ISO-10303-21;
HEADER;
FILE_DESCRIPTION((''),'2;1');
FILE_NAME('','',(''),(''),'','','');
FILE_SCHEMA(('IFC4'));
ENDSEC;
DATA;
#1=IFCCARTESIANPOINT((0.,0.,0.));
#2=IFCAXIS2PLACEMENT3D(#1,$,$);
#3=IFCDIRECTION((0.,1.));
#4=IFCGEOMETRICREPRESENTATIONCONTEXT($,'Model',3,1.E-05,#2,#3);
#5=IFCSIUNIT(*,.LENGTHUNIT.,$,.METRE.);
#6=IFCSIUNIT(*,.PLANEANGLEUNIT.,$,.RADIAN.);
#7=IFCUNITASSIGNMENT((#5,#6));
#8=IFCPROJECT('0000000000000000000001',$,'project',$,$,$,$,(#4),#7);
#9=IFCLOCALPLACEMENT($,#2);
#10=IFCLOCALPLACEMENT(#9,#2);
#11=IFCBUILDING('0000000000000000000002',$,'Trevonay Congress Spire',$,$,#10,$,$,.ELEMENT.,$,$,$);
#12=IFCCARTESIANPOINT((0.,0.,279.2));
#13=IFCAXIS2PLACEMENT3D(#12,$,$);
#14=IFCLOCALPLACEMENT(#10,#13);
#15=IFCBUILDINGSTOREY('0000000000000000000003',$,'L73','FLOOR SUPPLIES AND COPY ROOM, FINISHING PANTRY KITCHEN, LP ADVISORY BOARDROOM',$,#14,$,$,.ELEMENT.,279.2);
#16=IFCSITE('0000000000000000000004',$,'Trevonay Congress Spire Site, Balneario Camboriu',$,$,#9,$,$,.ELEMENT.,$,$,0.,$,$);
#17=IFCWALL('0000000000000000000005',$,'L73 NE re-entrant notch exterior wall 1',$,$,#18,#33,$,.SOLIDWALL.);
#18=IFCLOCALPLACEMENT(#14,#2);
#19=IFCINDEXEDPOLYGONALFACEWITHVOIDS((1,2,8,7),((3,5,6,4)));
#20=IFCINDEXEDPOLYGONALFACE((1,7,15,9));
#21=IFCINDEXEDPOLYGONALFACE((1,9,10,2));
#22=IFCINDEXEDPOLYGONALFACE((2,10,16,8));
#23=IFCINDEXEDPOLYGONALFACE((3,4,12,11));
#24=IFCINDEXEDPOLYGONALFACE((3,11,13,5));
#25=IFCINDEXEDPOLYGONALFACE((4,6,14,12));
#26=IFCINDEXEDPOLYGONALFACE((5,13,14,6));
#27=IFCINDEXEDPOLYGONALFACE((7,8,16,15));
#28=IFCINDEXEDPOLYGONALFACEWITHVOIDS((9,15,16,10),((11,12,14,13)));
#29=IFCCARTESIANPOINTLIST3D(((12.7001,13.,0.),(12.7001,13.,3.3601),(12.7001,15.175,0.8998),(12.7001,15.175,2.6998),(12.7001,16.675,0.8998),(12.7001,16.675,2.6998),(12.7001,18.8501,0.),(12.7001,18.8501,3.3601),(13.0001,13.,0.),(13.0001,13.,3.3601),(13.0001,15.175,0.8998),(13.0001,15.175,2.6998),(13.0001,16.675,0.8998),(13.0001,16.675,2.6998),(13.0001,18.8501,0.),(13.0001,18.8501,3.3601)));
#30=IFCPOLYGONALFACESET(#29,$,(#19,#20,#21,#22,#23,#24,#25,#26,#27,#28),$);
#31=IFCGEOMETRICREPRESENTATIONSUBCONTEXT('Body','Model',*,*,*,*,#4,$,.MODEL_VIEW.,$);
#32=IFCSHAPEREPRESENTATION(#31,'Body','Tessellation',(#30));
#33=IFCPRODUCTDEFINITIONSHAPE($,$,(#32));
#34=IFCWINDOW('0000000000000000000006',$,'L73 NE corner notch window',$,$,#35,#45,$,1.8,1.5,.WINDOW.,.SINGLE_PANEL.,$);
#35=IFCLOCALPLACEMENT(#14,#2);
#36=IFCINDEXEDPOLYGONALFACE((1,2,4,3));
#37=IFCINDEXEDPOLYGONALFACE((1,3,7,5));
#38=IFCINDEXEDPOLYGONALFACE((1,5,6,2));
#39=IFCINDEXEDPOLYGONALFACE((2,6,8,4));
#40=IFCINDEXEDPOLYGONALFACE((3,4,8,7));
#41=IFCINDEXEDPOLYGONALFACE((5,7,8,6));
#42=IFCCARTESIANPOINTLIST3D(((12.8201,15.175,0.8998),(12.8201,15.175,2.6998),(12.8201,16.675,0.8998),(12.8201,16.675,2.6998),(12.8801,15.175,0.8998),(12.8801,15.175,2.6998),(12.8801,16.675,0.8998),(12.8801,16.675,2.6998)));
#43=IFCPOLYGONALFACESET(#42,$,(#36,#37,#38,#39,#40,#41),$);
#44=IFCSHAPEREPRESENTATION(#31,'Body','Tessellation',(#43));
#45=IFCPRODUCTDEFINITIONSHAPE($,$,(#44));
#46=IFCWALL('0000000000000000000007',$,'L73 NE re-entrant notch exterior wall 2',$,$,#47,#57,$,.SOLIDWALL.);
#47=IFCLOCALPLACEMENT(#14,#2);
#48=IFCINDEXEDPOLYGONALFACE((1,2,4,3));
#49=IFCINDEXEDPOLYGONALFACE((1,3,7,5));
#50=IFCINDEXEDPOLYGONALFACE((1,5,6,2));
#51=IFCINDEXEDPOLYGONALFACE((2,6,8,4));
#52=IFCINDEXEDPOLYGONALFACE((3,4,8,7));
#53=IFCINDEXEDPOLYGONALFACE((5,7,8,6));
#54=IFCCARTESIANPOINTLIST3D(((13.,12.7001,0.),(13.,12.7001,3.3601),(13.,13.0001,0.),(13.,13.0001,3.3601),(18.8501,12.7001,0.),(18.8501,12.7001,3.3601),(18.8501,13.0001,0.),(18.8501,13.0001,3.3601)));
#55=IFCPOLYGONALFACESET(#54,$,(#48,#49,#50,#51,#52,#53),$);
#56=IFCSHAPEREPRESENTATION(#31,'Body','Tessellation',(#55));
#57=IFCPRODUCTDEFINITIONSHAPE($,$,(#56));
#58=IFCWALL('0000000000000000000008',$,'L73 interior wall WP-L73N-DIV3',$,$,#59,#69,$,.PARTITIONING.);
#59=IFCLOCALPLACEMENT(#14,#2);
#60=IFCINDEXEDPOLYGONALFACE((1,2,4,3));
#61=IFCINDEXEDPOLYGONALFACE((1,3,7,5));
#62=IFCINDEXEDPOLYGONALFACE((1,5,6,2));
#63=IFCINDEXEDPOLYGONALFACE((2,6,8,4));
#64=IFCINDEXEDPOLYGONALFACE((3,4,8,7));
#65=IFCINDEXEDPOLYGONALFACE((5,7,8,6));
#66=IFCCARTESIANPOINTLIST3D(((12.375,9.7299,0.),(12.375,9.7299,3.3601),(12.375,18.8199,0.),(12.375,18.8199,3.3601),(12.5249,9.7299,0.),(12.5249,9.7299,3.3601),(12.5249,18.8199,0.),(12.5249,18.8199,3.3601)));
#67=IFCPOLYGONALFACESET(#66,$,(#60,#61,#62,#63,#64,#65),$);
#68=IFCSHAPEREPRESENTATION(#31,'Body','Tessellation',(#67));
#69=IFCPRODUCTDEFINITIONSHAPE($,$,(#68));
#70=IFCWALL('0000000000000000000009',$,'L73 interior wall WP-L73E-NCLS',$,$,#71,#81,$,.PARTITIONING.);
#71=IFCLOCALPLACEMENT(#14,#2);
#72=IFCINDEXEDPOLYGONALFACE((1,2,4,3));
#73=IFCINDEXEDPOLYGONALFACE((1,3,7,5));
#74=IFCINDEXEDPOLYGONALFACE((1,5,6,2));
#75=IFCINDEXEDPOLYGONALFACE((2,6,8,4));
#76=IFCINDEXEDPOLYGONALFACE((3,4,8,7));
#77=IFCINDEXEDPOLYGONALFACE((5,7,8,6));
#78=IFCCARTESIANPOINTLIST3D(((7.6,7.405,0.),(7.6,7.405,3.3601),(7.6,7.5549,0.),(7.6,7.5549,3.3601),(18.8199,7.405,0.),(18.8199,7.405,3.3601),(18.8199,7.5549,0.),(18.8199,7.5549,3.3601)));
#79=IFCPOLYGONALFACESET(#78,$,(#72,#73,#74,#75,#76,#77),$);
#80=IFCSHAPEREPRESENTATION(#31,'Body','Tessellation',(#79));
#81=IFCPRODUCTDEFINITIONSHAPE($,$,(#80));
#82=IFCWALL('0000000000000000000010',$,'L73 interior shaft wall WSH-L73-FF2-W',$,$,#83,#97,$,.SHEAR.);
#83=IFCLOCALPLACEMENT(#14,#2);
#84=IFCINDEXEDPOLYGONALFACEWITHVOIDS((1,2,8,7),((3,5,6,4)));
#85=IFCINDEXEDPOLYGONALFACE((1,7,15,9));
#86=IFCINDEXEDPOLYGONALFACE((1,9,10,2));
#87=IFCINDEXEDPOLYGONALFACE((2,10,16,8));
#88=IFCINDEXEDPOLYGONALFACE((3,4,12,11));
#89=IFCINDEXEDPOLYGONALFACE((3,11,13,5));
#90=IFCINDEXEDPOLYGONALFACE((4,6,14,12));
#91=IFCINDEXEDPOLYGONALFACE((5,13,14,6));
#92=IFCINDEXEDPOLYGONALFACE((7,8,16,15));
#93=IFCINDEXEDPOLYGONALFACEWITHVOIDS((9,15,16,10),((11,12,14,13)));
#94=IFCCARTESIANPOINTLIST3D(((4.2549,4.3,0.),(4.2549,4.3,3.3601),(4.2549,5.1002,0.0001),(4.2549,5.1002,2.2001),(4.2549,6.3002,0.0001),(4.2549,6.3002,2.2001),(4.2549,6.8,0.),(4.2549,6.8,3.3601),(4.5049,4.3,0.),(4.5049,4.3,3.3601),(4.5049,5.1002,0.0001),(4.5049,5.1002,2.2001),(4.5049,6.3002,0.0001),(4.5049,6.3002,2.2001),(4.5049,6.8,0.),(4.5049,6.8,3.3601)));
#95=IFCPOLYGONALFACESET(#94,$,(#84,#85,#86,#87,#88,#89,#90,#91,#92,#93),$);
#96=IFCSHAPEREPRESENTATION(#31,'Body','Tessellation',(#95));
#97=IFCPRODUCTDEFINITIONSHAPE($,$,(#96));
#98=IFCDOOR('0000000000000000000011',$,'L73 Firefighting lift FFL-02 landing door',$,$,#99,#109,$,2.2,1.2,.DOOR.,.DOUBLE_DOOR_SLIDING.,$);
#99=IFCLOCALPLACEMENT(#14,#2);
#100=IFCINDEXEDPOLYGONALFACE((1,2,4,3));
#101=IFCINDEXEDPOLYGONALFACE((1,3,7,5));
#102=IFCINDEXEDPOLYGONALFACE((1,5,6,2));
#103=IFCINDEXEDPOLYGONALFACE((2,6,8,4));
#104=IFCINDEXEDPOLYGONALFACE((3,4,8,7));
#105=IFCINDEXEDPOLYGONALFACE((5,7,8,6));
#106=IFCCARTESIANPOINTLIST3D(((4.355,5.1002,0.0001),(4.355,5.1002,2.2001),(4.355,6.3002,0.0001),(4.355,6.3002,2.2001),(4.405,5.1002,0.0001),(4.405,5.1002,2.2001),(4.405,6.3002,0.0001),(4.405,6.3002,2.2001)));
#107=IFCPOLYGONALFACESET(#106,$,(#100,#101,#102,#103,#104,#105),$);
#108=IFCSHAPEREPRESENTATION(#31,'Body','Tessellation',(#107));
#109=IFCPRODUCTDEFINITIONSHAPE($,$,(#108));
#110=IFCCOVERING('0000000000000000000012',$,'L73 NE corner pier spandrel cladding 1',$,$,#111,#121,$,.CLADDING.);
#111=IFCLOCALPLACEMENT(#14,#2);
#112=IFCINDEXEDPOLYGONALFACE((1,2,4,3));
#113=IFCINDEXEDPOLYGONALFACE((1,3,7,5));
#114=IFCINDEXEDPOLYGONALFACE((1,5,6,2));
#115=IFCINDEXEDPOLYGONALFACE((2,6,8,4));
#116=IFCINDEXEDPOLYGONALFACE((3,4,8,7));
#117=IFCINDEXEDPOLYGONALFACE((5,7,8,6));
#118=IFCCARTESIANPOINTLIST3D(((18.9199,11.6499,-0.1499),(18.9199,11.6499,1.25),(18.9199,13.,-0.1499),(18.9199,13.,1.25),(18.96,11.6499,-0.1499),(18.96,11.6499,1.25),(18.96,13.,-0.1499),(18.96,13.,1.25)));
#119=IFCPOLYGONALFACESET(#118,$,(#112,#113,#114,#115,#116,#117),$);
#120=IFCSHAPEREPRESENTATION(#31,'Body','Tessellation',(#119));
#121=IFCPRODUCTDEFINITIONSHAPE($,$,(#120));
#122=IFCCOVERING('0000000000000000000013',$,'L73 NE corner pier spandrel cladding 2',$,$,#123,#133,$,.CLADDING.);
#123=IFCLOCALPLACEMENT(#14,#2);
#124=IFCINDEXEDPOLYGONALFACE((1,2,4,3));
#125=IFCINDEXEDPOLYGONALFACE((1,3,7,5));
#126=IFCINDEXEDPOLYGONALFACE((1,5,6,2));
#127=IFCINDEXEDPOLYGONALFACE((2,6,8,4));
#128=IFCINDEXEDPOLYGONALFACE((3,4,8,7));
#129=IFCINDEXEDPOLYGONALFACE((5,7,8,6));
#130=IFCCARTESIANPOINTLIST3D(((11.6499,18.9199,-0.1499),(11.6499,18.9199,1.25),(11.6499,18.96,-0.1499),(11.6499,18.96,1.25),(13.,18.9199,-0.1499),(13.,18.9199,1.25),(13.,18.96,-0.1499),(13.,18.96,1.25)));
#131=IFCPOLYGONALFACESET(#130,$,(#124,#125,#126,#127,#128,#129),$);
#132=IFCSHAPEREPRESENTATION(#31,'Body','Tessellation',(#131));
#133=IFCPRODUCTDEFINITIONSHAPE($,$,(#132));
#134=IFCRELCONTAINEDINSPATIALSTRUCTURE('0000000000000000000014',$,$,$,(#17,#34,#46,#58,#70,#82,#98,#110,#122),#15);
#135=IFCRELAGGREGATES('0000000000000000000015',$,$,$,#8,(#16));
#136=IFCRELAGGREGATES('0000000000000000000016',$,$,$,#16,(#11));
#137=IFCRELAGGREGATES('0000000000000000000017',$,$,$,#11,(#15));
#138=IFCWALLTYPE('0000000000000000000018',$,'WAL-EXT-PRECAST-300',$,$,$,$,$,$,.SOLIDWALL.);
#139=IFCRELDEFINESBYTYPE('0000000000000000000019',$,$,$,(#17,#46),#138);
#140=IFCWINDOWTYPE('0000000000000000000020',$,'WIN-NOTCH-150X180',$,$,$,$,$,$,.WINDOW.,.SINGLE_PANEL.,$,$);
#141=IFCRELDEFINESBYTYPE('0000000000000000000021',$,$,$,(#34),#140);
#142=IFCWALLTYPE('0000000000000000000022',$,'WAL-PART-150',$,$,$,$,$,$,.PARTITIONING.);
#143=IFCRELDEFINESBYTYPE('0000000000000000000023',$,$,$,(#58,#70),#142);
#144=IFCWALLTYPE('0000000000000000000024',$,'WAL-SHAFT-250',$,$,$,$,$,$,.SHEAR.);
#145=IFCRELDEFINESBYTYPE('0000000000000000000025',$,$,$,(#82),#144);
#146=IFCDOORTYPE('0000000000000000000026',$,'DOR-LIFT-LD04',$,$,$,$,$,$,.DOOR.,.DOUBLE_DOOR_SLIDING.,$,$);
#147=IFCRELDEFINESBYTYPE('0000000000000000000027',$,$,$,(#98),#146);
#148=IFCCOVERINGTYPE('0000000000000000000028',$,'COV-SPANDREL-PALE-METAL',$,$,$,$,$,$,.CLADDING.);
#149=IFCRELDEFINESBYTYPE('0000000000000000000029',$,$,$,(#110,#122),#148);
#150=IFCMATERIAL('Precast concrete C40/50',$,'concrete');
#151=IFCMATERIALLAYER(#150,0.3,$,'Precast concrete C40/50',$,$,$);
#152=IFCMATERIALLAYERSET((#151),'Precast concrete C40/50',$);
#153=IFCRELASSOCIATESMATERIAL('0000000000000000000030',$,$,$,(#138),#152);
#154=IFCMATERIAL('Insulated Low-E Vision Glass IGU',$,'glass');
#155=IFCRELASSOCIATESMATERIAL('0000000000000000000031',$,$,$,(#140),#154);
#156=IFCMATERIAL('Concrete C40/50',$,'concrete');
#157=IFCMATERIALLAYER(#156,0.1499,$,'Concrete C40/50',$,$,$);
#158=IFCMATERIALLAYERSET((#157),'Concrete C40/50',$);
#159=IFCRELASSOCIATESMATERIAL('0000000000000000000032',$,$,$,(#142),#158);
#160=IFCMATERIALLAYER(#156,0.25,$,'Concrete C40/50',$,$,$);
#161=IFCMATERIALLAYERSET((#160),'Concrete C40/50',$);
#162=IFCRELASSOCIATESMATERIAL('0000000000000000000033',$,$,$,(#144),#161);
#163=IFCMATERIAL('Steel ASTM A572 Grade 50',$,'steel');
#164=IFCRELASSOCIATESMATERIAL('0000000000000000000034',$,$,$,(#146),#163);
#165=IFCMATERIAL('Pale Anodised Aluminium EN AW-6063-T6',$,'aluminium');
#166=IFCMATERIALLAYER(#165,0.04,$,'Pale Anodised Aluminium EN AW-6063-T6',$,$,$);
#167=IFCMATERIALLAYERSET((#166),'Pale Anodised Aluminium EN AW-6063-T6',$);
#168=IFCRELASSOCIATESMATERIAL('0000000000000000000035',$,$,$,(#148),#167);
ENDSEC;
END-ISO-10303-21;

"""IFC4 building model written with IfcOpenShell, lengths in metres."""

from ifc_helpers import new_model, si_unit, direction, frame, frame_2d, origin, place, context, subcontext, project, spatial, rectangle, extrude, material, layer, layer_set, type_object, element, fill, save


model = new_model("IFC4")

# Units and contexts
model_context = context("Model", 3, precision=1e-05, world=origin(), true_north=direction((0.0, 1.0)))
body_context = subcontext(model_context, "Body", "Model", "MODEL_VIEW")
ifc_project = project(units=[si_unit("LENGTHUNIT", "METRE"), si_unit("PLANEANGLEUNIT", "RADIAN")], contexts=[model_context])

# Site, building, storey
site_placement = place(None, origin())
site = spatial("IfcSite", under=ifc_project, at=site_placement, Name="Trevonay Congress Spire Site, Balneario Camboriu", CompositionType="ELEMENT", RefElevation=0.0)
building_placement = place(site_placement, origin())
building = spatial("IfcBuilding", under=site, at=building_placement, Name="Trevonay Congress Spire", CompositionType="ELEMENT")
storey_placement = place(building_placement, frame((0.0, 0.0, 279.2)))
storey = spatial("IfcBuildingStorey", under=building, at=storey_placement, Name="L73", Description="FLOOR SUPPLIES AND COPY ROOM, FINISHING PANTRY KITCHEN, LP ADVISORY BOARDROOM", CompositionType="ELEMENT", Elevation=279.2)

# Shared definitions
ifc_material_1 = material(Name="Steel ASTM A572 Grade 50", Category="steel")

# Shared definitions
ifc_material_2 = material(Name="Pale Anodised Aluminium EN AW-6063-T6", Category="aluminium")

# Shared definitions
ifc_material_3 = material(Name="Insulated Low-E Vision Glass IGU", Category="glass")

# Shared definitions
ifc_material_4 = material(Name="Precast concrete C40/50", Category="concrete")
ifc_layer_1 = layer(ifc_material_4, 0.3, Name="Precast concrete C40/50")
ifc_layer_set_1 = layer_set([ifc_layer_1], Name="Precast concrete C40/50")
wall_type_1 = type_object("IfcWallType", Name="WAL-EXT-PRECAST-300", PredefinedType="SOLIDWALL", material=ifc_layer_set_1)

# Wall, opening, window
wall_1_placement = place(storey_placement, frame((12.8501, 18.8501, 0.0), z_axis=(0.0, 0.0, 1.0), x_axis=(0.0, -1.0, 0.0)))
wall_1 = element("IfcWall", 1, at=wall_1_placement, inside=storey, type_object=wall_type_1, Name="L73 NE re-entrant notch exterior wall 1", PredefinedType="SOLIDWALL", context=body_context, shape_type="SweptSolid", body=[
    extrude(rectangle(XDim=5.8501, YDim=0.3, at=frame_2d((2.925, 0.0))), origin(), (0.0, 0.0, 1.0), 3.3601),
])
opening_1_placement = place(wall_1_placement, frame((2.175, 0.0, 0.8999)))
opening_1 = element("IfcOpeningElement", 2, at=opening_1_placement, cuts=wall_1, PredefinedType="OPENING", context=body_context, shape_type="SweptSolid", body=[
    extrude(rectangle(XDim=1.5, YDim=1.8, at=frame_2d((0.75, 0.8999))), frame((0.0, 0.1602, 0.0), z_axis=(0.0, -1.0, 0.0), x_axis=(1.0, 0.0, 0.0)), (0.0, 0.0, 1.0), 0.3201),
])
window_type = type_object("IfcWindowType", Name="WIN-NOTCH-150X180", PartitioningType="SINGLE_PANEL", PredefinedType="WINDOW", material=ifc_material_3)
window_placement = place(opening_1_placement, origin())
window = element("IfcWindow", 3, at=window_placement, inside=storey, type_object=window_type, Name="L73 NE corner notch window", OverallHeight=1.8, OverallWidth=1.5, PartitioningType="SINGLE_PANEL", PredefinedType="WINDOW", context=body_context, shape_type="SweptSolid", body=[
    extrude(rectangle(XDim=1.5, YDim=1.8, at=frame_2d((0.75, 0.8999))), frame((0.0, 0.03, 0.0), z_axis=(0.0, -1.0, 0.0), x_axis=(1.0, 0.0, 0.0)), (0.0, 0.0, 1.0), 0.0601),
])
fill(opening_1, window)

# Walls
wall_2_placement = place(storey_placement, frame((18.8501, 12.8501, 0.0), z_axis=(0.0, 0.0, 1.0), x_axis=(-1.0, 0.0, 0.0)))
element("IfcWall", 4, at=wall_2_placement, inside=storey, type_object=wall_type_1, Name="L73 NE re-entrant notch exterior wall 2", PredefinedType="SOLIDWALL", context=body_context, shape_type="SweptSolid", body=[
    extrude(rectangle(XDim=5.8501, YDim=0.3, at=frame_2d((2.925, 0.0))), origin(), (0.0, 0.0, 1.0), 3.3601),
])
ifc_material_5 = material(Name="Concrete C40/50", Category="concrete")
ifc_layer_2 = layer(ifc_material_5, 0.1499, Name="Concrete C40/50")
ifc_layer_set_2 = layer_set([ifc_layer_2], Name="Concrete C40/50")
wall_type_2 = type_object("IfcWallType", Name="WAL-PART-150", PredefinedType="PARTITIONING", material=ifc_layer_set_2)
wall_3_placement = place(storey_placement, frame((12.45, 9.73, 0.0), z_axis=(0.0, 0.0, 1.0), x_axis=(0.0, 1.0, 0.0)))
element("IfcWall", 5, at=wall_3_placement, inside=storey, type_object=wall_type_2, Name="L73 interior wall WP-L73N-DIV3", PredefinedType="PARTITIONING", context=body_context, shape_type="SweptSolid", body=[
    extrude(rectangle(XDim=9.0901, YDim=0.1499, at=frame_2d((4.5449, 0.0))), origin(), (0.0, 0.0, 1.0), 3.3601),
])
wall_4_placement = place(storey_placement, frame((7.6001, 7.48, 0.0), z_axis=(0.0, 0.0, 1.0), x_axis=(1.0, 0.0, 0.0)))
element("IfcWall", 6, at=wall_4_placement, inside=storey, type_object=wall_type_2, Name="L73 interior wall WP-L73E-NCLS", PredefinedType="PARTITIONING", context=body_context, shape_type="SweptSolid", body=[
    extrude(rectangle(XDim=11.22, YDim=0.1499, at=frame_2d((5.6099, 0.0))), origin(), (0.0, 0.0, 1.0), 3.3601),
])

# Wall, opening, door
ifc_layer_3 = layer(ifc_material_5, 0.25, Name="Concrete C40/50")
ifc_layer_set_3 = layer_set([ifc_layer_3], Name="Concrete C40/50")
wall_type_3 = type_object("IfcWallType", Name="WAL-SHAFT-250", PredefinedType="SHEAR", material=ifc_layer_set_3)
wall_5_placement = place(storey_placement, frame((4.3799, 4.3, 0.0), z_axis=(0.0, 0.0, 1.0), x_axis=(0.0, 1.0, 0.0)))
wall_5 = element("IfcWall", 7, at=wall_5_placement, inside=storey, type_object=wall_type_3, Name="L73 interior shaft wall WSH-L73-FF2-W", PredefinedType="SHEAR", context=body_context, shape_type="SweptSolid", body=[
    extrude(rectangle(XDim=2.5, YDim=0.25, at=frame_2d((1.25, 0.0))), origin(), (0.0, 0.0, 1.0), 3.3601),
])
opening_2_placement = place(wall_5_placement, frame((0.8, 0.0, 0.0)))
opening_2 = element("IfcOpeningElement", 8, at=opening_2_placement, cuts=wall_5, PredefinedType="OPENING", context=body_context, shape_type="SweptSolid", body=[
    extrude(rectangle(XDim=1.2, YDim=2.2, at=frame_2d((0.6001, 1.1001))), frame((0.0, 0.135, 0.0), z_axis=(0.0, -1.0, 0.0), x_axis=(1.0, 0.0, 0.0)), (0.0, 0.0, 1.0), 0.27),
])
door_type = type_object("IfcDoorType", Name="DOR-LIFT-LD04", OperationType="DOUBLE_DOOR_SLIDING", PredefinedType="DOOR", material=ifc_material_1)
door_placement = place(opening_2_placement, origin())
door = element("IfcDoor", 9, at=door_placement, inside=storey, type_object=door_type, Name="L73 Firefighting lift FFL-02 landing door", OperationType="DOUBLE_DOOR_SLIDING", OverallHeight=2.2, OverallWidth=1.2, PredefinedType="DOOR", context=body_context, shape_type="SweptSolid", body=[
    extrude(rectangle(XDim=1.2, YDim=2.2, at=frame_2d((0.6001, 1.1001))), frame((0.0, 0.0249, 0.0), z_axis=(0.0, -1.0, 0.0), x_axis=(1.0, 0.0, 0.0)), (0.0, 0.0, 1.0), 0.05),
])
fill(opening_2, door)

# Coverings
ifc_layer_4 = layer(ifc_material_2, 0.04, Name="Pale Anodised Aluminium EN AW-6063-T6")
ifc_layer_set_4 = layer_set([ifc_layer_4], Name="Pale Anodised Aluminium EN AW-6063-T6")
covering_type = type_object("IfcCoveringType", Name="COV-SPANDREL-PALE-METAL", PredefinedType="CLADDING", material=ifc_layer_set_4)
for number, where, z_axis, x_axis, name in (
    (10, (18.9399, 11.6499, -0.1499), (0.0, 0.0, 1.0), (0.0, 1.0, 0.0), "L73 NE corner pier spandrel cladding 1"),
    (11, (11.6499, 18.9399, -0.1499), (0.0, 0.0, 1.0), (1.0, 0.0, 0.0), "L73 NE corner pier spandrel cladding 2"),
):
    element("IfcCovering", number, at=place(storey_placement, frame(where, z_axis=z_axis, x_axis=x_axis)), inside=storey, type_object=covering_type, Name=name, PredefinedType="CLADDING", context=body_context, shape_type="SweptSolid", body=[
        extrude(rectangle(XDim=1.3501, YDim=0.04, at=frame_2d((0.675, 0.0))), origin(), (0.0, 0.0, 1.0), 1.3999),
    ])

save(model, "model.ifc")
